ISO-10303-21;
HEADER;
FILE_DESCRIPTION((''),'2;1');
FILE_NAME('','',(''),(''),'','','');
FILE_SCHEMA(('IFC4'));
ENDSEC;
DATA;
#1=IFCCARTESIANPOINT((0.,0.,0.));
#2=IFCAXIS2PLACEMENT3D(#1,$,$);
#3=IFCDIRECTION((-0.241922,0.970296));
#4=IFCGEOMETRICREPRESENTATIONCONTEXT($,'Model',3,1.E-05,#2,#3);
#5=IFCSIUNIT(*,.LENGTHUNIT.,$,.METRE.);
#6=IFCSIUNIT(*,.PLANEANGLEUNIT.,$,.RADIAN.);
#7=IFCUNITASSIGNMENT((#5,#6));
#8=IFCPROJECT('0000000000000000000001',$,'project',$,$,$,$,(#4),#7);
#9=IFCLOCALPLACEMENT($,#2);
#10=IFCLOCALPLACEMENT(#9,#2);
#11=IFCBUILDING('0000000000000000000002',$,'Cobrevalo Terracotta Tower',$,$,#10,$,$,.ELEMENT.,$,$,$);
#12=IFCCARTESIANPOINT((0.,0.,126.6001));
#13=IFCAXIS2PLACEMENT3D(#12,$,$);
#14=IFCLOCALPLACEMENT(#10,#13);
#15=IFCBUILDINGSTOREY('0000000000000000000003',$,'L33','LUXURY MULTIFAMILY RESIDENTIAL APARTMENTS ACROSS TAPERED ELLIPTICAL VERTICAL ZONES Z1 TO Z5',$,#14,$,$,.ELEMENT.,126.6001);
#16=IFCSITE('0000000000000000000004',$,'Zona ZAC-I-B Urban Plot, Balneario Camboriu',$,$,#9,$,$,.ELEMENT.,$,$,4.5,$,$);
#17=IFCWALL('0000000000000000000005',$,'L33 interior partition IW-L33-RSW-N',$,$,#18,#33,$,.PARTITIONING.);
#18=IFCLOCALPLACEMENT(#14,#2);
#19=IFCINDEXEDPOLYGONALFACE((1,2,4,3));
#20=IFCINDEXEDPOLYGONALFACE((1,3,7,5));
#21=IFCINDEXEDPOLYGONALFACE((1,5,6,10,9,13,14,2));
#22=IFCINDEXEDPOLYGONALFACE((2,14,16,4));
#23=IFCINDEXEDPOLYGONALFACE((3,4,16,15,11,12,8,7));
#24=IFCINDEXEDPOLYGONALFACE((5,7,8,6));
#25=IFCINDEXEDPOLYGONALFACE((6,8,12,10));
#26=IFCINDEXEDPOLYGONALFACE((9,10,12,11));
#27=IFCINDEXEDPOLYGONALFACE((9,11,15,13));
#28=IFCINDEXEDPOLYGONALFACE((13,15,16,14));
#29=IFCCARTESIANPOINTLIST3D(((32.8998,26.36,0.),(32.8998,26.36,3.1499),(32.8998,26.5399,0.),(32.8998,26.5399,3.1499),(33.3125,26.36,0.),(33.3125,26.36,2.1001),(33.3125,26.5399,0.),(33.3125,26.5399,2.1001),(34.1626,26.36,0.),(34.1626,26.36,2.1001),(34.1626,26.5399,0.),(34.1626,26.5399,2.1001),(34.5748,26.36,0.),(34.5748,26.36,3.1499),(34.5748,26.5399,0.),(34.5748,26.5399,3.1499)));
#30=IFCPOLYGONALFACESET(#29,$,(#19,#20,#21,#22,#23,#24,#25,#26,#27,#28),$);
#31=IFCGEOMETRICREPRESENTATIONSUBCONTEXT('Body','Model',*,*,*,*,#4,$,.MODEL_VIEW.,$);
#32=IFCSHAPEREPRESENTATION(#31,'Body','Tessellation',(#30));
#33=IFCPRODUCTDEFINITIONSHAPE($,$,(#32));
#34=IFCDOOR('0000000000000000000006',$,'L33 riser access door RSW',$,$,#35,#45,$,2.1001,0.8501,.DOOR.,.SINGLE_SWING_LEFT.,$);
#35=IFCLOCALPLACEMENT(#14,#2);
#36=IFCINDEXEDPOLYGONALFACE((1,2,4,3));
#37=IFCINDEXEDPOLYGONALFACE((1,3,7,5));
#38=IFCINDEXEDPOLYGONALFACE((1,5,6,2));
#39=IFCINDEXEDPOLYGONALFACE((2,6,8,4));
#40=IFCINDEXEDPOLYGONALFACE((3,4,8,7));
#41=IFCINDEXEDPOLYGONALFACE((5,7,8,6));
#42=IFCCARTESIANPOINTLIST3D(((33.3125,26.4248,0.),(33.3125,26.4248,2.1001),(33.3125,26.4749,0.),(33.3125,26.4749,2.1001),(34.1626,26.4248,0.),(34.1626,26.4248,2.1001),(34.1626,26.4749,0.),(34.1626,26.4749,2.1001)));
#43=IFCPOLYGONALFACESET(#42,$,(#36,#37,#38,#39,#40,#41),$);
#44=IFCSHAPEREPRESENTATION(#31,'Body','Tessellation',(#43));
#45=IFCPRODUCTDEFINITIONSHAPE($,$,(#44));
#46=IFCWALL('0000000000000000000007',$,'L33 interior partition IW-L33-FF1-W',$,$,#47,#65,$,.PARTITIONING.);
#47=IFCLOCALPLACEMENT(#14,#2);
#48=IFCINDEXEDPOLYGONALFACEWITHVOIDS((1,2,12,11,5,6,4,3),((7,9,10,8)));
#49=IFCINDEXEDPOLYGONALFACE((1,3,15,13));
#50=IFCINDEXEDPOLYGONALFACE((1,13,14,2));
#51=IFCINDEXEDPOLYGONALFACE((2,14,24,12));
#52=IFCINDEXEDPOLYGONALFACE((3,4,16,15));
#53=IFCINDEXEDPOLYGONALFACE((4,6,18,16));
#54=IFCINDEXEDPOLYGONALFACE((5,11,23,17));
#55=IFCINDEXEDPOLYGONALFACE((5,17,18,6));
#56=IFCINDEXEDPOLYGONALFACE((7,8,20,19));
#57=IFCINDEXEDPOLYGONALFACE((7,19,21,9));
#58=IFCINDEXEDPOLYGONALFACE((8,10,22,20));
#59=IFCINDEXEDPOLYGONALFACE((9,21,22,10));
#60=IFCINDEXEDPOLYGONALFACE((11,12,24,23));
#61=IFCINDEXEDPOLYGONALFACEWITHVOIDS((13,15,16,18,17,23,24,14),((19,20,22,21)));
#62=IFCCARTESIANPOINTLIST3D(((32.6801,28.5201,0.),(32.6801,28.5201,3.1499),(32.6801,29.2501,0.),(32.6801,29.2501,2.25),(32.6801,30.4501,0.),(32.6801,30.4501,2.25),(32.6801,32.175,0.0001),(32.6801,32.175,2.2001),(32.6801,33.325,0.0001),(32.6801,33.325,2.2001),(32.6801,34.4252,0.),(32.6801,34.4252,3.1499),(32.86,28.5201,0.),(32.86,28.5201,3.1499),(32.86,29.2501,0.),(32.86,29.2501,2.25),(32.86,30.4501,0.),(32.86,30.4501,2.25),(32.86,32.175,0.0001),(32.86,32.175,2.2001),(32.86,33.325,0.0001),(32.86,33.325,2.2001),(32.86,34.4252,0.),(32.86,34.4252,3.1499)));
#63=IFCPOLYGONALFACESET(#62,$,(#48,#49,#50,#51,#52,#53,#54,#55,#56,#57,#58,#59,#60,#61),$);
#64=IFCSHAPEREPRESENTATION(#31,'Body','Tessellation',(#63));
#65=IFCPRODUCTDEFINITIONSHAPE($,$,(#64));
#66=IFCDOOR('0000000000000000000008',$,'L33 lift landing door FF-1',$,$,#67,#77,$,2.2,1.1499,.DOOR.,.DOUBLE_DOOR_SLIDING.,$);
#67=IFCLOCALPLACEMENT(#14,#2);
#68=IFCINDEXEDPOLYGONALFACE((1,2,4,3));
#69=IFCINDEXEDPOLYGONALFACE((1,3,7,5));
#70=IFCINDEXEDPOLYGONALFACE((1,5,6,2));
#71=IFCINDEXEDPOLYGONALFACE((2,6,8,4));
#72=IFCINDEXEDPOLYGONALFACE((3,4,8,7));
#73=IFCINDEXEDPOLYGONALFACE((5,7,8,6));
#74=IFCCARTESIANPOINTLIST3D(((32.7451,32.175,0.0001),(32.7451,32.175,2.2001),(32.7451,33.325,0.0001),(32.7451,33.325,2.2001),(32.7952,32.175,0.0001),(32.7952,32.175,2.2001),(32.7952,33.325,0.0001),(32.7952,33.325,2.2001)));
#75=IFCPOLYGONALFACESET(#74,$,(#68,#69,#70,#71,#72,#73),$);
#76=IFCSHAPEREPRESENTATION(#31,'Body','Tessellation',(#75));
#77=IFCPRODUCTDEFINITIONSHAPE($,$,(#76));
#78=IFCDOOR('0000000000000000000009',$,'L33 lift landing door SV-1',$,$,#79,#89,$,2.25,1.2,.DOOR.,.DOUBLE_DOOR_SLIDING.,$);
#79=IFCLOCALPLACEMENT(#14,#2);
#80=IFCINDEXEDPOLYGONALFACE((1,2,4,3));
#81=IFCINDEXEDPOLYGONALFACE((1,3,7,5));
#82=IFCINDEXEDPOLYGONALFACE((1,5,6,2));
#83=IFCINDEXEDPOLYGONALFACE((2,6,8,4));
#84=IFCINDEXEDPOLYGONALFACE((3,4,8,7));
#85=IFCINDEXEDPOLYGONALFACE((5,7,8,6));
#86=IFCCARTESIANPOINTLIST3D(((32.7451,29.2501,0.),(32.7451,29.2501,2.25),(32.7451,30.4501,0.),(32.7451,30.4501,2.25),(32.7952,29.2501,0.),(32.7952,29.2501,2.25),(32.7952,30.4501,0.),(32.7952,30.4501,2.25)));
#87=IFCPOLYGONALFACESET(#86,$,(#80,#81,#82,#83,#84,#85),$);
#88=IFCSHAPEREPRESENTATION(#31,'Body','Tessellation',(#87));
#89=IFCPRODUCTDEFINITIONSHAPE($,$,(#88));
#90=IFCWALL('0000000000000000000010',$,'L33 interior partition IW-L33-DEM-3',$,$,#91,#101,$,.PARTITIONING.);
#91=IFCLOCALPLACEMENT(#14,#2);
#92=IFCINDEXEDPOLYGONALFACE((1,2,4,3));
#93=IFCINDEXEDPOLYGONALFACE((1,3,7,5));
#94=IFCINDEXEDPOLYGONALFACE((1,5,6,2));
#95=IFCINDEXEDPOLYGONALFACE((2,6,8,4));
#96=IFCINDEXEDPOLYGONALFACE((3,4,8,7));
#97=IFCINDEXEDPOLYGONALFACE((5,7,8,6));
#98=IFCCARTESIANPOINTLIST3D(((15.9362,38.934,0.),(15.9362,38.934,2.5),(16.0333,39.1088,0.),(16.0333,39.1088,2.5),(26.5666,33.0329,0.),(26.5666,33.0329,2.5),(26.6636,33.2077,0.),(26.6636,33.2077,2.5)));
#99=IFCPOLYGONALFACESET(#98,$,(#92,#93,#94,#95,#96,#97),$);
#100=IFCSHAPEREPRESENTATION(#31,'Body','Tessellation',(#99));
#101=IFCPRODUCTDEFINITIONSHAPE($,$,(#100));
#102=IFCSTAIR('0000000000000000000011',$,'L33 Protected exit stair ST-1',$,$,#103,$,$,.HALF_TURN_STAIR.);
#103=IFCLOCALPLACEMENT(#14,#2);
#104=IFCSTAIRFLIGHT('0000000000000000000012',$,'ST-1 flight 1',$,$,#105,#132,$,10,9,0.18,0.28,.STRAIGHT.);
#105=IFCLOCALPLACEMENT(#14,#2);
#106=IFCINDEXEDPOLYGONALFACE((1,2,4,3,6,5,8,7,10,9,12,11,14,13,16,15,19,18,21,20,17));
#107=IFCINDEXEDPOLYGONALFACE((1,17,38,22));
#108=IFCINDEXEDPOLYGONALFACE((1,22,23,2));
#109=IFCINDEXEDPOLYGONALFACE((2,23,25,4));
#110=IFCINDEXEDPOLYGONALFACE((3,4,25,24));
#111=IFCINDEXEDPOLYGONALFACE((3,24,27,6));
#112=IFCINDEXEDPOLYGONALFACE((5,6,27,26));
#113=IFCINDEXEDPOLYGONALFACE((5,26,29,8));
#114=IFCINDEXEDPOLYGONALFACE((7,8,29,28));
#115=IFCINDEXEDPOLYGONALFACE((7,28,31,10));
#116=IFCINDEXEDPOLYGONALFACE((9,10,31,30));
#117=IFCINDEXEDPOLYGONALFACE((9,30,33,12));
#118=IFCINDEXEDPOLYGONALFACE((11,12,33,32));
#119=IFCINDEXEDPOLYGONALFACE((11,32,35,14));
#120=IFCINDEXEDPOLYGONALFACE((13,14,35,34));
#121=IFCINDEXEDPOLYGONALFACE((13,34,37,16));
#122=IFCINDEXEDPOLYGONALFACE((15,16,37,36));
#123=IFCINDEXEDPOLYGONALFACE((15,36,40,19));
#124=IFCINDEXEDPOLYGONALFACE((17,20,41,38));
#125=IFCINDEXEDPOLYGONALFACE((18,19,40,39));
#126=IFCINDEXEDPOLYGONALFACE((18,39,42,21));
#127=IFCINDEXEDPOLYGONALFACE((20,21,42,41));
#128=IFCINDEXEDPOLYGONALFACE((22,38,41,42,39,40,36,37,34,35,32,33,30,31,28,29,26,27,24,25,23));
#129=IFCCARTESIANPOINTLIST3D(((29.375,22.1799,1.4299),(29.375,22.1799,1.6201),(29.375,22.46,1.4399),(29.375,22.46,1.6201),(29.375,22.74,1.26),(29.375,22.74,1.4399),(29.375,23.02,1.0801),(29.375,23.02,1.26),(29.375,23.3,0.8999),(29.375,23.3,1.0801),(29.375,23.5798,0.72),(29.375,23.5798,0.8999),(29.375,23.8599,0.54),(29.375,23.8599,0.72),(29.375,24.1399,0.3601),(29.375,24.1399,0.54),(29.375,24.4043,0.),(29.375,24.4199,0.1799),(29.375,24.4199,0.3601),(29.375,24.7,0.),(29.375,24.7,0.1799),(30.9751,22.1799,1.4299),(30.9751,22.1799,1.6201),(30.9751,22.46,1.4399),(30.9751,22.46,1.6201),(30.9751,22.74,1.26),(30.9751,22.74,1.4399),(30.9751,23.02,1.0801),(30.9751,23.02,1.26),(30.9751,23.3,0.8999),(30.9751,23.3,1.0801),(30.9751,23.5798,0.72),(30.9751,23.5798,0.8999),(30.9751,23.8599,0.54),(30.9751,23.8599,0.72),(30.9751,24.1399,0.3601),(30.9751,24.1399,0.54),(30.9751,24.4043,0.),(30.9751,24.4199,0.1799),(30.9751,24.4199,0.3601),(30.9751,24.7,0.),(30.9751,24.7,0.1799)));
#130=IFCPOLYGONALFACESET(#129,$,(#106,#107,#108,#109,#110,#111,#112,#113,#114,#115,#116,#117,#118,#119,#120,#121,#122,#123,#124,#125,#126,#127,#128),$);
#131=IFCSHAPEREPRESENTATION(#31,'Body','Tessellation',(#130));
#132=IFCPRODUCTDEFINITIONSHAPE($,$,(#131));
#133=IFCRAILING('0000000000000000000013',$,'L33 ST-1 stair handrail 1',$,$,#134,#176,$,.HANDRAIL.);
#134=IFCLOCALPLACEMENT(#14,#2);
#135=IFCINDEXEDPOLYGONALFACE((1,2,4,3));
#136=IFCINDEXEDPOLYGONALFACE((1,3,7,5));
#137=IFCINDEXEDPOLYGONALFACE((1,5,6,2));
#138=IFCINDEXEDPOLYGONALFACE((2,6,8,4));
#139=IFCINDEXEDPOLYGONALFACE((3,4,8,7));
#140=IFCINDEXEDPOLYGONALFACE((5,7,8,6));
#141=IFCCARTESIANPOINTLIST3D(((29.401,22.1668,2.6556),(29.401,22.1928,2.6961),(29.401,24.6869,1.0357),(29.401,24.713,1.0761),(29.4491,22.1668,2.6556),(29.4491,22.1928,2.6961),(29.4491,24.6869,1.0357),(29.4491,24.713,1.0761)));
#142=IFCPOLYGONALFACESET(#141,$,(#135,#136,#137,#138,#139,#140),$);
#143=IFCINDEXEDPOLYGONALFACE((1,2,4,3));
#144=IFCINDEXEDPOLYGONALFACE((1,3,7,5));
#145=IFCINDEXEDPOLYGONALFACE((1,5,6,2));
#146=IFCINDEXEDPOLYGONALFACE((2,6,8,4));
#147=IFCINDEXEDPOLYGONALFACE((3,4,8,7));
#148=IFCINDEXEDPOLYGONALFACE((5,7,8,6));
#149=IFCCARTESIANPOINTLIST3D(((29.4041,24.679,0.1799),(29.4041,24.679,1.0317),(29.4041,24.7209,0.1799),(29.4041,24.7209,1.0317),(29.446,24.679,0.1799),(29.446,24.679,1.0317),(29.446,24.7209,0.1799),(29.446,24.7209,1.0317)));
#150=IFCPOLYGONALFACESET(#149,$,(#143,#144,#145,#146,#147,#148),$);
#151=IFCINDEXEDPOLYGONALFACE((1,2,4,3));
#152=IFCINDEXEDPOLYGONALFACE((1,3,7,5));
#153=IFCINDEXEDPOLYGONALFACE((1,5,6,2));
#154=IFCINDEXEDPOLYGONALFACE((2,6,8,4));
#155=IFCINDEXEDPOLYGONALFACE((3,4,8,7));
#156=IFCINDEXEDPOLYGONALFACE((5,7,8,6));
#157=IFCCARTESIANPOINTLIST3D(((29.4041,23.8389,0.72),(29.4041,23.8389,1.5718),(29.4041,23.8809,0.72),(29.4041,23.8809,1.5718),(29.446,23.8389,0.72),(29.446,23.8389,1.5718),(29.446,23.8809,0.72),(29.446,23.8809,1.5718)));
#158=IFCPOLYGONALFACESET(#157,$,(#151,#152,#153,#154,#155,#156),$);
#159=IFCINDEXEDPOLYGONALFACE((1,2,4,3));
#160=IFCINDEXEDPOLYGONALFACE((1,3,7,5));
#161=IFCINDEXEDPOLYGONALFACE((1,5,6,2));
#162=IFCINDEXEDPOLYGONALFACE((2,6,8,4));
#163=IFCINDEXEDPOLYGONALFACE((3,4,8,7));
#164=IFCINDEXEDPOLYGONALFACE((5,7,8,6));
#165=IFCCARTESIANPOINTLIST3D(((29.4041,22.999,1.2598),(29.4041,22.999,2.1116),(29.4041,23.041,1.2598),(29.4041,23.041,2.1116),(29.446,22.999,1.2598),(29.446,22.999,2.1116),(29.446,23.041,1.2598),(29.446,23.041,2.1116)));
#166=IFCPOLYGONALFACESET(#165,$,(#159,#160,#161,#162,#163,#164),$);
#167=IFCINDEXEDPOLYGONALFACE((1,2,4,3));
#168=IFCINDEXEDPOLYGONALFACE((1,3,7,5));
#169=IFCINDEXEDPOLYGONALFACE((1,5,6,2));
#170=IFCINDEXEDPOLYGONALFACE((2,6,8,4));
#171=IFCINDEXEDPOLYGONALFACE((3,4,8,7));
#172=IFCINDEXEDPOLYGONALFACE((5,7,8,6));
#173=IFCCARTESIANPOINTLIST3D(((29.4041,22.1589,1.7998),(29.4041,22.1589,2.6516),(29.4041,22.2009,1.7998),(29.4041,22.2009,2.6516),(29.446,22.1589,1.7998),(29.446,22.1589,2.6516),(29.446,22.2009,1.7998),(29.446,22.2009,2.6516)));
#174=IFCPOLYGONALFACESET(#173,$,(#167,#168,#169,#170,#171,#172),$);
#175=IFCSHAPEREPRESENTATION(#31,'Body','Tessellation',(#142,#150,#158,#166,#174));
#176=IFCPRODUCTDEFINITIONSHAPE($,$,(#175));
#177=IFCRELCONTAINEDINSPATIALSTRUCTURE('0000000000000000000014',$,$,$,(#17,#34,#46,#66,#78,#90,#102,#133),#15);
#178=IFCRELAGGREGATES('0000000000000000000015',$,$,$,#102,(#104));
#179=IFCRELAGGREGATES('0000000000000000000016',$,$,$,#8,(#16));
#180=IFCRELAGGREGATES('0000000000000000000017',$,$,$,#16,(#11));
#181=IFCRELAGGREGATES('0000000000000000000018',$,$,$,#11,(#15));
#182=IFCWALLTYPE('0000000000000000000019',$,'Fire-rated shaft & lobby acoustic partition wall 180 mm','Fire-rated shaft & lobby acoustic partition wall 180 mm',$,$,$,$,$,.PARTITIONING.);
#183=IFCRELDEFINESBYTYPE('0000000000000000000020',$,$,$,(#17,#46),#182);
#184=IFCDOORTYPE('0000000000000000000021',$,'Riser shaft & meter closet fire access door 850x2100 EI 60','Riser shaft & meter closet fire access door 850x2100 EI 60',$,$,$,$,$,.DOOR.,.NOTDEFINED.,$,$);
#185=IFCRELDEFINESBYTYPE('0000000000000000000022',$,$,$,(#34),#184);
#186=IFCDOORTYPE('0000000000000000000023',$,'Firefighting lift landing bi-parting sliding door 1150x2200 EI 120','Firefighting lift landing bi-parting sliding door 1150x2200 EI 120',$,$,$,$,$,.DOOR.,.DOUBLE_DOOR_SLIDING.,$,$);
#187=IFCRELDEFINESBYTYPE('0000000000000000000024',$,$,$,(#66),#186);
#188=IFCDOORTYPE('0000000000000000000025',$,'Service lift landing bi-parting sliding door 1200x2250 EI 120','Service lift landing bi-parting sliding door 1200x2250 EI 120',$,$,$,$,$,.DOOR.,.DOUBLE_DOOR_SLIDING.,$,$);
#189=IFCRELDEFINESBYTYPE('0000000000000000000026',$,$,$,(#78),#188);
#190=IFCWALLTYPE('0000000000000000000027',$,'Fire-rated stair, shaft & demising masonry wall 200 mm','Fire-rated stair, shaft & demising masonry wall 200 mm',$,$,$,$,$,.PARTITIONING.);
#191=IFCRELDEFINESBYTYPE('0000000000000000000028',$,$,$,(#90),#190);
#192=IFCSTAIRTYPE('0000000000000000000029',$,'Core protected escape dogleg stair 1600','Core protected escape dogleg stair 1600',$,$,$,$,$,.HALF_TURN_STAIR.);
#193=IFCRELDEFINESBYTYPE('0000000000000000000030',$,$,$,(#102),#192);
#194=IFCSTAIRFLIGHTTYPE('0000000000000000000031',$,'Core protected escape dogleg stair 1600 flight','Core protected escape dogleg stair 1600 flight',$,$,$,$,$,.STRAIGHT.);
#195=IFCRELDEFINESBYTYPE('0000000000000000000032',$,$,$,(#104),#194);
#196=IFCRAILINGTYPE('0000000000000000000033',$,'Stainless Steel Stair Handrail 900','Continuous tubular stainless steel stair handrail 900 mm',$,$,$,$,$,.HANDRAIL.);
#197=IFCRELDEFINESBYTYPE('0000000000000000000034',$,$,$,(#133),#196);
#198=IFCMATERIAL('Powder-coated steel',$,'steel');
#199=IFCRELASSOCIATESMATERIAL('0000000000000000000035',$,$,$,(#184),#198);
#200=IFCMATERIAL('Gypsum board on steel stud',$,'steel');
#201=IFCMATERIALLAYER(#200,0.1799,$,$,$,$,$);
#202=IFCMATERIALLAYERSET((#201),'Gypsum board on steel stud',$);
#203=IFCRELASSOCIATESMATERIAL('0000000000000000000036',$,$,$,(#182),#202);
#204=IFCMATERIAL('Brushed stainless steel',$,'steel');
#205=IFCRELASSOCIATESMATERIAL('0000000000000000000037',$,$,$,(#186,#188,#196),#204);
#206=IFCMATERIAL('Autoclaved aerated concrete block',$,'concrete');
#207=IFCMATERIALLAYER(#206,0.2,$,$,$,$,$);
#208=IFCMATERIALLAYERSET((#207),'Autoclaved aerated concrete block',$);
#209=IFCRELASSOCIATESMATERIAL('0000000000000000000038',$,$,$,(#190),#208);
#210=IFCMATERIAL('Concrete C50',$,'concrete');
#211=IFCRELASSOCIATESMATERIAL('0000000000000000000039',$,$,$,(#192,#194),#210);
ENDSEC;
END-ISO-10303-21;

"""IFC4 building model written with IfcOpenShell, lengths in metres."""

from ifc_helpers import new_model, si_unit, direction, frame, frame_2d, origin, origin_2d, place, context, subcontext, project, spatial, polyline, rectangle, outline, extrude, source, transform, mapped, material, layer, layer_set, type_object, element, fill, aggregate, save


model = new_model("IFC4")

# Units and contexts
model_context = context("Model", 3, precision=1e-05, world=origin(), true_north=direction((-0.241922, 0.970296)))
body_context = subcontext(model_context, "Body", "Model", "MODEL_VIEW")
ifc_project = project(units=[si_unit("LENGTHUNIT", "METRE"), si_unit("PLANEANGLEUNIT", "RADIAN")], contexts=[model_context])

# Site, building, storey
site_placement = place(None, origin())
site = spatial("IfcSite", under=ifc_project, at=site_placement, Name="Zona ZAC-I-B Urban Plot, Balneario Camboriu", CompositionType="ELEMENT", RefElevation=4.5)
building_placement = place(site_placement, origin())
building = spatial("IfcBuilding", under=site, at=building_placement, Name="Cobrevalo Terracotta Tower", CompositionType="ELEMENT")
storey_placement = place(building_placement, frame((0.0, 0.0, 126.6001)))
storey = spatial("IfcBuildingStorey", under=building, at=storey_placement, Name="L33", Description="LUXURY MULTIFAMILY RESIDENTIAL APARTMENTS ACROSS TAPERED ELLIPTICAL VERTICAL ZONES Z1 TO Z5", CompositionType="ELEMENT", Elevation=126.6001)

# Shared definitions
ifc_material_1 = material(Name="Powder-coated steel", Category="steel")
door_type_1 = type_object("IfcDoorType", Name="Riser shaft & meter closet fire access door 850x2100 EI 60", Description="Riser shaft & meter closet fire access door 850x2100 EI 60", OperationType="NOTDEFINED", PredefinedType="DOOR", material=ifc_material_1)
shared_shape_1 = source(origin(), body_context, "Body", "SweptSolid", [
    extrude(rectangle(XDim=0.8501, YDim=2.1001, at=frame_2d((0.425, 1.05))), frame((0.0, 0.0249, 0.0), z_axis=(0.0, -1.0, 0.0), x_axis=(1.0, 0.0, 0.0)), (0.0, 0.0, 1.0), 0.05),
])

# Shared definitions
ifc_material_2 = material(Name="Gypsum board on steel stud", Category="steel")

# Shared definitions
ifc_material_3 = material(Name="Brushed stainless steel", Category="steel")

# Wall, opening, door
ifc_layer_1 = layer(ifc_material_2, 0.1799)
ifc_layer_set_1 = layer_set([ifc_layer_1], Name="Gypsum board on steel stud")
wall_type_1 = type_object("IfcWallType", Name="Fire-rated shaft & lobby acoustic partition wall 180 mm", Description="Fire-rated shaft & lobby acoustic partition wall 180 mm", PredefinedType="PARTITIONING", material=ifc_layer_set_1)
wall_1_placement = place(storey_placement, frame((32.8999, 26.45, 0.0), z_axis=(0.0, 0.0, 1.0), x_axis=(1.0, 0.0, 0.0)))
wall_1 = element("IfcWall", 1, at=wall_1_placement, inside=storey, type_object=wall_type_1, Name="L33 interior partition IW-L33-RSW-N", PredefinedType="PARTITIONING", context=body_context, shape_type="SweptSolid", body=[
    extrude(rectangle(XDim=1.675, YDim=0.1799, at=frame_2d((0.8374, 0.0))), origin(), (0.0, 0.0, 1.0), 3.1499),
])
opening_1_placement = place(wall_1_placement, frame((0.4126, 0.0, 0.0)))
opening_1 = element("IfcOpeningElement", 2, at=opening_1_placement, cuts=wall_1, PredefinedType="OPENING", context=body_context, shape_type="SweptSolid", body=[
    extrude(rectangle(XDim=0.8501, YDim=2.1001, at=frame_2d((0.425, 1.05))), frame((0.0, 0.1001, 0.0), z_axis=(0.0, -1.0, 0.0), x_axis=(1.0, 0.0, 0.0)), (0.0, 0.0, 1.0), 0.2),
])
door_1_placement = place(opening_1_placement, origin())
door_1 = element("IfcDoor", 3, at=door_1_placement, inside=storey, type_object=door_type_1, Name="L33 riser access door RSW", OperationType="SINGLE_SWING_LEFT", OverallHeight=2.1001, OverallWidth=0.8501, PredefinedType="DOOR", context=body_context, shape_type="MappedRepresentation", body=[
    mapped(shared_shape_1, transform((0.0, 0.0, 0.0), scale=1.0)),
])
fill(opening_1, door_1)

# Wall, openings, doors
wall_2_placement = place(storey_placement, frame((32.77, 28.52, 0.0), z_axis=(0.0, 0.0, 1.0), x_axis=(0.0, 1.0, 0.0)))
wall_2 = element("IfcWall", 4, at=wall_2_placement, inside=storey, type_object=wall_type_1, Name="L33 interior partition IW-L33-FF1-W", PredefinedType="PARTITIONING", context=body_context, shape_type="SweptSolid", body=[
    extrude(rectangle(XDim=5.905, YDim=0.1799, at=frame_2d((2.9526, 0.0))), origin(), (0.0, 0.0, 1.0), 3.1499),
])
opening_2_placement = place(wall_2_placement, frame((3.655, 0.0, 0.0)))
opening_2 = element("IfcOpeningElement", 5, at=opening_2_placement, cuts=wall_2, PredefinedType="OPENING", context=body_context, shape_type="SweptSolid", body=[
    extrude(rectangle(XDim=1.1499, YDim=2.2, at=frame_2d((0.575, 1.1001))), frame((0.0, 0.1001, 0.0), z_axis=(0.0, -1.0, 0.0), x_axis=(1.0, 0.0, 0.0)), (0.0, 0.0, 1.0), 0.2),
])
opening_3_placement = place(wall_2_placement, frame((0.73, 0.0, 0.0)))
opening_3 = element("IfcOpeningElement", 6, at=opening_3_placement, cuts=wall_2, PredefinedType="OPENING", context=body_context, shape_type="SweptSolid", body=[
    extrude(rectangle(XDim=1.2, YDim=2.25, at=frame_2d((0.6001, 1.125))), frame((0.0, 0.1001, 0.0), z_axis=(0.0, -1.0, 0.0), x_axis=(1.0, 0.0, 0.0)), (0.0, 0.0, 1.0), 0.2),
])
door_type_2 = type_object("IfcDoorType", Name="Firefighting lift landing bi-parting sliding door 1150x2200 EI 120", Description="Firefighting lift landing bi-parting sliding door 1150x2200 EI 120", OperationType="DOUBLE_DOOR_SLIDING", PredefinedType="DOOR", material=ifc_material_3)
shared_shape_2 = source(origin(), body_context, "Body", "SweptSolid", [
    extrude(rectangle(XDim=1.1499, YDim=2.2, at=frame_2d((0.575, 1.1001))), frame((0.0, 0.0249, 0.0), z_axis=(0.0, -1.0, 0.0), x_axis=(1.0, 0.0, 0.0)), (0.0, 0.0, 1.0), 0.05),
])
door_2_placement = place(opening_2_placement, origin())
door_2 = element("IfcDoor", 7, at=door_2_placement, inside=storey, type_object=door_type_2, Name="L33 lift landing door FF-1", OperationType="DOUBLE_DOOR_SLIDING", OverallHeight=2.2, OverallWidth=1.1499, PredefinedType="DOOR", context=body_context, shape_type="MappedRepresentation", body=[
    mapped(shared_shape_2, transform((0.0, 0.0, 0.0), scale=1.0)),
])
fill(opening_2, door_2)
door_type_3 = type_object("IfcDoorType", Name="Service lift landing bi-parting sliding door 1200x2250 EI 120", Description="Service lift landing bi-parting sliding door 1200x2250 EI 120", OperationType="DOUBLE_DOOR_SLIDING", PredefinedType="DOOR", material=ifc_material_3)
shared_shape_3 = source(origin(), body_context, "Body", "SweptSolid", [
    extrude(rectangle(XDim=1.2, YDim=2.25, at=frame_2d((0.6001, 1.125))), frame((0.0, 0.0249, 0.0), z_axis=(0.0, -1.0, 0.0), x_axis=(1.0, 0.0, 0.0)), (0.0, 0.0, 1.0), 0.05),
])
door_3_placement = place(opening_3_placement, origin())
door_3 = element("IfcDoor", 8, at=door_3_placement, inside=storey, type_object=door_type_3, Name="L33 lift landing door SV-1", OperationType="DOUBLE_DOOR_SLIDING", OverallHeight=2.25, OverallWidth=1.2, PredefinedType="DOOR", context=body_context, shape_type="MappedRepresentation", body=[
    mapped(shared_shape_3, transform((0.0, 0.0, 0.0), scale=1.0)),
])
fill(opening_3, door_3)

# Wall
ifc_material_4 = material(Name="Autoclaved aerated concrete block", Category="concrete")
ifc_layer_2 = layer(ifc_material_4, 0.2)
ifc_layer_set_2 = layer_set([ifc_layer_2], Name="Autoclaved aerated concrete block")
wall_type_2 = type_object("IfcWallType", Name="Fire-rated stair, shaft & demising masonry wall 200 mm", Description="Fire-rated stair, shaft & demising masonry wall 200 mm", PredefinedType="PARTITIONING", material=ifc_layer_set_2)
wall_3_placement = place(storey_placement, frame((26.615, 33.1204, 0.0), z_axis=(0.0, 0.0, 1.0), x_axis=(-0.874319, 0.485351, 0.0)))
element("IfcWall", 9, at=wall_3_placement, inside=storey, type_object=wall_type_2, Name="L33 interior partition IW-L33-DEM-3", PredefinedType="PARTITIONING", context=body_context, shape_type="SweptSolid", body=[
    extrude(rectangle(XDim=12.1584, YDim=0.2, at=frame_2d((6.0791, 0.0))), origin(), (0.0, 0.0, 1.0), 2.5),
])

# Shared definitions
ifc_material_5 = material(Name="Concrete C50", Category="concrete")

# Stair, stair flight
stair_type = type_object("IfcStairType", Name="Core protected escape dogleg stair 1600", Description="Core protected escape dogleg stair 1600", PredefinedType="HALF_TURN_STAIR", material=ifc_material_5)
stair_placement = place(storey_placement, origin())
stair = element("IfcStair", 10, at=stair_placement, inside=storey, type_object=stair_type, Name="L33 Protected exit stair ST-1", PredefinedType="HALF_TURN_STAIR")
stair_flight_type = type_object("IfcStairFlightType", Name="Core protected escape dogleg stair 1600 flight", Description="Core protected escape dogleg stair 1600 flight", PredefinedType="STRAIGHT", material=ifc_material_5)
stair_flight_placement = place(storey_placement, frame((30.175, 24.7, 0.0), z_axis=(0.0, 0.0, 1.0), x_axis=(0.0, -1.0, 0.0)))
stair_flight = element("IfcStairFlight", 11, at=stair_flight_placement, type_object=stair_flight_type, Name="ST-1 flight 1", NumberOfRisers=10, NumberOfTreads=9, PredefinedType="STRAIGHT", RiserHeight=0.18, TreadLength=0.28, context=body_context, shape_type="SweptSolid", body=[
    extrude(outline(polyline([(0.0, 0.0), (0.0, 0.1799), (0.28, 0.1799), (0.28, 0.3601), (0.5601, 0.3601), (0.5601, 0.54), (0.8401, 0.54), (0.8401, 0.72), (1.1201, 0.72), (1.1201, 0.8999), (1.3999, 0.8999), (1.3999, 1.0801), (1.6799, 1.0801), (1.6799, 1.26), (1.96, 1.26), (1.96, 1.4399), (2.24, 1.4399), (2.24, 1.6201), (2.52, 1.6201), (2.52, 1.8), (2.52, 1.4299), (0.2957, 0.0), (0.0, 0.0)])), frame((0.0, 0.8, 0.0), z_axis=(0.0, -1.0, 0.0), x_axis=(1.0, 0.0, 0.0)), (0.0, 0.0, 1.0), 1.6001),
])
aggregate(stair, [stair_flight])

# Railing
railing_type_1 = type_object("IfcRailingType", Name="Stainless Steel Stair Handrail 900", Description="Continuous tubular stainless steel stair handrail 900 mm", PredefinedType="HANDRAIL", material=ifc_material_3)
railing_1_placement = place(storey_placement, frame((29.425, 24.7, 0.1799)))
element("IfcRailing", 12, at=railing_1_placement, inside=storey, type_object=railing_type_1, Name="L33 ST-1 stair handrail 1", PredefinedType="HANDRAIL", context=body_context, shape_type="SweptSolid", body=[
    extrude(rectangle(XDim=0.0481, YDim=0.0481, at=origin_2d()), frame((0.0, 0.0, 0.876), z_axis=(0.0, -0.8412, 0.540725), x_axis=(1.0, 0.0, 0.0)), (0.0, 0.0, 1.0), 2.9958),
    extrude(rectangle(XDim=0.042, YDim=0.042, at=origin_2d()), origin(), (0.0, 0.0, 1.0), 0.8518),
    extrude(rectangle(XDim=0.042, YDim=0.042, at=origin_2d()), frame((0.0, -0.8401, 0.54)), (0.0, 0.0, 1.0), 0.8518),
    extrude(rectangle(XDim=0.042, YDim=0.042, at=origin_2d()), frame((0.0, -1.6799, 1.0798)), (0.0, 0.0, 1.0), 0.8518),
    extrude(rectangle(XDim=0.042, YDim=0.042, at=origin_2d()), frame((0.0, -2.52, 1.6199)), (0.0, 0.0, 1.0), 0.8518),
])

save(model, "model.ifc")
